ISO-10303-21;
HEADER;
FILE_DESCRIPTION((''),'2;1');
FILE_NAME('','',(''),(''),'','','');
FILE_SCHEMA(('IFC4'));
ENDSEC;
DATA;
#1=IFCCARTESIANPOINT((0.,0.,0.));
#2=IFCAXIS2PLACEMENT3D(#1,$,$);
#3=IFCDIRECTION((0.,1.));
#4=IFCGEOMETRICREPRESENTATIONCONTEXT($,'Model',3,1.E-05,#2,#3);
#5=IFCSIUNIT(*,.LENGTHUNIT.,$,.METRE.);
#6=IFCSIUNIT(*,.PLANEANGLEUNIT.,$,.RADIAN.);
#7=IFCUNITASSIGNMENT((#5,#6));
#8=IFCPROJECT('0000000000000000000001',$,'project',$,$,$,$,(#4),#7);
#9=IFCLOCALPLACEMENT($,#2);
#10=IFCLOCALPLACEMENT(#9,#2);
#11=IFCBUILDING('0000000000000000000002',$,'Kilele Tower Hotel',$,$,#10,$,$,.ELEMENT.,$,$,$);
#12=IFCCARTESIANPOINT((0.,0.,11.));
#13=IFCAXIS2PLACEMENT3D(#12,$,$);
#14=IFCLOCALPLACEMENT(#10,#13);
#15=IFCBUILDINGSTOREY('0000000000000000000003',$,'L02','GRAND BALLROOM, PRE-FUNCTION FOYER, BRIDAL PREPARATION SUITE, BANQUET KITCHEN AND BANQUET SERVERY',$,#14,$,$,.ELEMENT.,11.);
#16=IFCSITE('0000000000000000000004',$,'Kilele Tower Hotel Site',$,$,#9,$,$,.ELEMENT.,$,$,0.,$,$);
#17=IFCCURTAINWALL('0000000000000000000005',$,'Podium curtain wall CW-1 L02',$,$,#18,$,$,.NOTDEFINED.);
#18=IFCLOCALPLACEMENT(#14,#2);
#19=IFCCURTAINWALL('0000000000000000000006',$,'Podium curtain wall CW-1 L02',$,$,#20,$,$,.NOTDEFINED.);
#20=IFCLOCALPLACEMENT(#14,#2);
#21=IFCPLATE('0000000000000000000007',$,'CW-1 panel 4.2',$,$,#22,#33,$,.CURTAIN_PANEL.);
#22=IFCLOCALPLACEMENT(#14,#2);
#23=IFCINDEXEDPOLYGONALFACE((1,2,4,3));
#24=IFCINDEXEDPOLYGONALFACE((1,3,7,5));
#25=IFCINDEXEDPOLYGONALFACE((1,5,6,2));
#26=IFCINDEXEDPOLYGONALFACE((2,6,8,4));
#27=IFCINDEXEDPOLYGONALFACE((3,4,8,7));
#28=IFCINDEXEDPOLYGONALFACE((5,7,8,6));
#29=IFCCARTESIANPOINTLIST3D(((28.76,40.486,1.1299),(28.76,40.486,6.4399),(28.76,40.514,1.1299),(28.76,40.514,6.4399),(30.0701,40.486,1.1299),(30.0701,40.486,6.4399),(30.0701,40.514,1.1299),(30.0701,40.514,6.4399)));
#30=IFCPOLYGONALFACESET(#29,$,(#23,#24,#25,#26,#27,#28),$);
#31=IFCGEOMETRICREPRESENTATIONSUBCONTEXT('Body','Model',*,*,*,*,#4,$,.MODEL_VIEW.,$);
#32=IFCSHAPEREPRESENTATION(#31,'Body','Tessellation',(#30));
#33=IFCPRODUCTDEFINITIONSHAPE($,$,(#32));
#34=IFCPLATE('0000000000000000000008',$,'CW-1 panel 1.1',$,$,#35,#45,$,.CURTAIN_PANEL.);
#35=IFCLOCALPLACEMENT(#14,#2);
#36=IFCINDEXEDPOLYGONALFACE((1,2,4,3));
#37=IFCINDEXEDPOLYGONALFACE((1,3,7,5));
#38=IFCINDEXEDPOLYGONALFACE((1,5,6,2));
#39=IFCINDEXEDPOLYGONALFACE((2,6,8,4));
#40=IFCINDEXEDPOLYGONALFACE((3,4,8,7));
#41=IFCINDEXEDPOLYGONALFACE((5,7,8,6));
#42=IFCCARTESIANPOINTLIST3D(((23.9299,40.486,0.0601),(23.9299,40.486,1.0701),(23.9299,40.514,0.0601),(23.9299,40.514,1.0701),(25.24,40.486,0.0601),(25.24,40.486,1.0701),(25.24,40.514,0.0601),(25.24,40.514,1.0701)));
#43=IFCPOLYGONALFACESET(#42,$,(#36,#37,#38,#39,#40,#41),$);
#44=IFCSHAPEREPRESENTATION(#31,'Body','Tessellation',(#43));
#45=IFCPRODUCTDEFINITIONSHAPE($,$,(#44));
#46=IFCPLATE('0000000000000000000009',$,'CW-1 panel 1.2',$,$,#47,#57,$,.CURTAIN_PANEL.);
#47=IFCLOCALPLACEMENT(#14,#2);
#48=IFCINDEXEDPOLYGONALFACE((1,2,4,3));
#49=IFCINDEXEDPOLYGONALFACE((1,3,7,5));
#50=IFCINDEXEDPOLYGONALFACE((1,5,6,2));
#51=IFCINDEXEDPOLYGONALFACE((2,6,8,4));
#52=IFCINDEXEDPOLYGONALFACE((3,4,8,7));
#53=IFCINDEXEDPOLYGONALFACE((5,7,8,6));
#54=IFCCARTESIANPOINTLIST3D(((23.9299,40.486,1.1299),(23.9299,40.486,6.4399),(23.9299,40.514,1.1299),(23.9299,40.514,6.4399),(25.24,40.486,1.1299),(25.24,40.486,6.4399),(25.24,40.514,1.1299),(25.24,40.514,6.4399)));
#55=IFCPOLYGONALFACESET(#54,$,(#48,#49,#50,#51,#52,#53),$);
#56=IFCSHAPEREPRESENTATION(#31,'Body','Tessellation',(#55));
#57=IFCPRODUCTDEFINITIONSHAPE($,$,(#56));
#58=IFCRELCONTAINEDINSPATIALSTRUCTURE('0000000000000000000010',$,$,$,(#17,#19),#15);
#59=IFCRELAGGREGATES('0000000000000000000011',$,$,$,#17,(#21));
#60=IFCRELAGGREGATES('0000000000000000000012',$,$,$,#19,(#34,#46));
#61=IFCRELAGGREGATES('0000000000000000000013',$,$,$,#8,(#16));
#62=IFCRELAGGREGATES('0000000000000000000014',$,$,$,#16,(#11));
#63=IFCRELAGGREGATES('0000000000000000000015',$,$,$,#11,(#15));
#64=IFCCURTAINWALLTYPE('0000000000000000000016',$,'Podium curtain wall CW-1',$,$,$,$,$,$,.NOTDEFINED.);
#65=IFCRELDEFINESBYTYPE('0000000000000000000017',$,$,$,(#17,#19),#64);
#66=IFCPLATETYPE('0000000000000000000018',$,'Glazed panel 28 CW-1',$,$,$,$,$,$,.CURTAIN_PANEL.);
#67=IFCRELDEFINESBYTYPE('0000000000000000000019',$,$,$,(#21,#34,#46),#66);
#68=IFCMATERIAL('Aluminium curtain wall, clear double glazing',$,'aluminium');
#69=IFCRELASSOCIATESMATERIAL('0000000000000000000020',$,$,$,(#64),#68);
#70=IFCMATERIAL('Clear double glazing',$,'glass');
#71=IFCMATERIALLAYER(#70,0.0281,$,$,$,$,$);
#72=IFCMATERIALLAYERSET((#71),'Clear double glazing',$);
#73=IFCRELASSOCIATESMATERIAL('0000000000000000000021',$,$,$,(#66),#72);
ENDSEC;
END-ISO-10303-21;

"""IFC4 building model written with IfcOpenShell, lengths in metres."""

from ifc_helpers import new_model, si_unit, direction, frame, origin, origin_2d, place, context, subcontext, project, spatial, rectangle, extrude, material, layer, layer_set, type_object, element, aggregate, save


model = new_model("IFC4")

# Units and contexts
model_context = context("Model", 3, precision=1e-05, world=origin(), true_north=direction((0.0, 1.0)))
body_context = subcontext(model_context, "Body", "Model", "MODEL_VIEW")
ifc_project = project(units=[si_unit("LENGTHUNIT", "METRE"), si_unit("PLANEANGLEUNIT", "RADIAN")], contexts=[model_context])

# Site, building, storey
site_placement = place(None, origin())
site = spatial("IfcSite", under=ifc_project, at=site_placement, Name="Kilele Tower Hotel Site", CompositionType="ELEMENT", RefElevation=0.0)
building_placement = place(site_placement, origin())
building = spatial("IfcBuilding", under=site, at=building_placement, Name="Kilele Tower Hotel", CompositionType="ELEMENT")
storey_placement = place(building_placement, frame((0.0, 0.0, 11.0)))
storey = spatial("IfcBuildingStorey", under=building, at=storey_placement, Name="L02", Description="GRAND BALLROOM, PRE-FUNCTION FOYER, BRIDAL PREPARATION SUITE, BANQUET KITCHEN AND BANQUET SERVERY", CompositionType="ELEMENT", Elevation=11.0)

# Curtain walls
ifc_material_1 = material(Name="Aluminium curtain wall, clear double glazing", Category="aluminium")
curtain_wall_type = type_object("IfcCurtainWallType", Name="Podium curtain wall CW-1", PredefinedType="NOTDEFINED", material=ifc_material_1)
curtain_wall_1_placement = place(storey_placement, origin())
curtain_wall_1 = element("IfcCurtainWall", 1, at=curtain_wall_1_placement, inside=storey, type_object=curtain_wall_type, Name="Podium curtain wall CW-1 L02", PredefinedType="NOTDEFINED")
curtain_wall_2_placement = place(storey_placement, origin())
curtain_wall_2 = element("IfcCurtainWall", 2, at=curtain_wall_2_placement, inside=storey, type_object=curtain_wall_type, Name="Podium curtain wall CW-1 L02", PredefinedType="NOTDEFINED")

# Plates
ifc_material_2 = material(Name="Clear double glazing", Category="glass")
ifc_layer = layer(ifc_material_2, 0.0281)
ifc_layer_set = layer_set([ifc_layer], Name="Clear double glazing")
plate_type = type_object("IfcPlateType", Name="Glazed panel 28 CW-1", PredefinedType="CURTAIN_PANEL", material=ifc_layer_set)
plate_1_placement = place(storey_placement, frame((29.415, 40.5, 1.1299), z_axis=(0.0, 0.0, 1.0), x_axis=(-1.0, 0.0, 0.0)))
plate_1 = element("IfcPlate", 3, at=plate_1_placement, type_object=plate_type, Name="CW-1 panel 4.2", PredefinedType="CURTAIN_PANEL", context=body_context, shape_type="SweptSolid", body=[
    extrude(rectangle(XDim=1.3101, YDim=0.0281, at=origin_2d()), origin(), (0.0, 0.0, 1.0), 5.3101),
])
aggregate(curtain_wall_1, [plate_1])
plate_2_placement = place(storey_placement, frame((24.585, 40.5, 0.0601), z_axis=(0.0, 0.0, 1.0), x_axis=(-1.0, 0.0, 0.0)))
plate_2 = element("IfcPlate", 4, at=plate_2_placement, type_object=plate_type, Name="CW-1 panel 1.1", PredefinedType="CURTAIN_PANEL", context=body_context, shape_type="SweptSolid", body=[
    extrude(rectangle(XDim=1.3101, YDim=0.0281, at=origin_2d()), origin(), (0.0, 0.0, 1.0), 1.01),
])
plate_3_placement = place(storey_placement, frame((24.585, 40.5, 1.1299), z_axis=(0.0, 0.0, 1.0), x_axis=(-1.0, 0.0, 0.0)))
plate_3 = element("IfcPlate", 5, at=plate_3_placement, type_object=plate_type, Name="CW-1 panel 1.2", PredefinedType="CURTAIN_PANEL", context=body_context, shape_type="SweptSolid", body=[
    extrude(rectangle(XDim=1.3101, YDim=0.0281, at=origin_2d()), origin(), (0.0, 0.0, 1.0), 5.3101),
])
aggregate(curtain_wall_2, [plate_2, plate_3])

save(model, "model.ifc")
